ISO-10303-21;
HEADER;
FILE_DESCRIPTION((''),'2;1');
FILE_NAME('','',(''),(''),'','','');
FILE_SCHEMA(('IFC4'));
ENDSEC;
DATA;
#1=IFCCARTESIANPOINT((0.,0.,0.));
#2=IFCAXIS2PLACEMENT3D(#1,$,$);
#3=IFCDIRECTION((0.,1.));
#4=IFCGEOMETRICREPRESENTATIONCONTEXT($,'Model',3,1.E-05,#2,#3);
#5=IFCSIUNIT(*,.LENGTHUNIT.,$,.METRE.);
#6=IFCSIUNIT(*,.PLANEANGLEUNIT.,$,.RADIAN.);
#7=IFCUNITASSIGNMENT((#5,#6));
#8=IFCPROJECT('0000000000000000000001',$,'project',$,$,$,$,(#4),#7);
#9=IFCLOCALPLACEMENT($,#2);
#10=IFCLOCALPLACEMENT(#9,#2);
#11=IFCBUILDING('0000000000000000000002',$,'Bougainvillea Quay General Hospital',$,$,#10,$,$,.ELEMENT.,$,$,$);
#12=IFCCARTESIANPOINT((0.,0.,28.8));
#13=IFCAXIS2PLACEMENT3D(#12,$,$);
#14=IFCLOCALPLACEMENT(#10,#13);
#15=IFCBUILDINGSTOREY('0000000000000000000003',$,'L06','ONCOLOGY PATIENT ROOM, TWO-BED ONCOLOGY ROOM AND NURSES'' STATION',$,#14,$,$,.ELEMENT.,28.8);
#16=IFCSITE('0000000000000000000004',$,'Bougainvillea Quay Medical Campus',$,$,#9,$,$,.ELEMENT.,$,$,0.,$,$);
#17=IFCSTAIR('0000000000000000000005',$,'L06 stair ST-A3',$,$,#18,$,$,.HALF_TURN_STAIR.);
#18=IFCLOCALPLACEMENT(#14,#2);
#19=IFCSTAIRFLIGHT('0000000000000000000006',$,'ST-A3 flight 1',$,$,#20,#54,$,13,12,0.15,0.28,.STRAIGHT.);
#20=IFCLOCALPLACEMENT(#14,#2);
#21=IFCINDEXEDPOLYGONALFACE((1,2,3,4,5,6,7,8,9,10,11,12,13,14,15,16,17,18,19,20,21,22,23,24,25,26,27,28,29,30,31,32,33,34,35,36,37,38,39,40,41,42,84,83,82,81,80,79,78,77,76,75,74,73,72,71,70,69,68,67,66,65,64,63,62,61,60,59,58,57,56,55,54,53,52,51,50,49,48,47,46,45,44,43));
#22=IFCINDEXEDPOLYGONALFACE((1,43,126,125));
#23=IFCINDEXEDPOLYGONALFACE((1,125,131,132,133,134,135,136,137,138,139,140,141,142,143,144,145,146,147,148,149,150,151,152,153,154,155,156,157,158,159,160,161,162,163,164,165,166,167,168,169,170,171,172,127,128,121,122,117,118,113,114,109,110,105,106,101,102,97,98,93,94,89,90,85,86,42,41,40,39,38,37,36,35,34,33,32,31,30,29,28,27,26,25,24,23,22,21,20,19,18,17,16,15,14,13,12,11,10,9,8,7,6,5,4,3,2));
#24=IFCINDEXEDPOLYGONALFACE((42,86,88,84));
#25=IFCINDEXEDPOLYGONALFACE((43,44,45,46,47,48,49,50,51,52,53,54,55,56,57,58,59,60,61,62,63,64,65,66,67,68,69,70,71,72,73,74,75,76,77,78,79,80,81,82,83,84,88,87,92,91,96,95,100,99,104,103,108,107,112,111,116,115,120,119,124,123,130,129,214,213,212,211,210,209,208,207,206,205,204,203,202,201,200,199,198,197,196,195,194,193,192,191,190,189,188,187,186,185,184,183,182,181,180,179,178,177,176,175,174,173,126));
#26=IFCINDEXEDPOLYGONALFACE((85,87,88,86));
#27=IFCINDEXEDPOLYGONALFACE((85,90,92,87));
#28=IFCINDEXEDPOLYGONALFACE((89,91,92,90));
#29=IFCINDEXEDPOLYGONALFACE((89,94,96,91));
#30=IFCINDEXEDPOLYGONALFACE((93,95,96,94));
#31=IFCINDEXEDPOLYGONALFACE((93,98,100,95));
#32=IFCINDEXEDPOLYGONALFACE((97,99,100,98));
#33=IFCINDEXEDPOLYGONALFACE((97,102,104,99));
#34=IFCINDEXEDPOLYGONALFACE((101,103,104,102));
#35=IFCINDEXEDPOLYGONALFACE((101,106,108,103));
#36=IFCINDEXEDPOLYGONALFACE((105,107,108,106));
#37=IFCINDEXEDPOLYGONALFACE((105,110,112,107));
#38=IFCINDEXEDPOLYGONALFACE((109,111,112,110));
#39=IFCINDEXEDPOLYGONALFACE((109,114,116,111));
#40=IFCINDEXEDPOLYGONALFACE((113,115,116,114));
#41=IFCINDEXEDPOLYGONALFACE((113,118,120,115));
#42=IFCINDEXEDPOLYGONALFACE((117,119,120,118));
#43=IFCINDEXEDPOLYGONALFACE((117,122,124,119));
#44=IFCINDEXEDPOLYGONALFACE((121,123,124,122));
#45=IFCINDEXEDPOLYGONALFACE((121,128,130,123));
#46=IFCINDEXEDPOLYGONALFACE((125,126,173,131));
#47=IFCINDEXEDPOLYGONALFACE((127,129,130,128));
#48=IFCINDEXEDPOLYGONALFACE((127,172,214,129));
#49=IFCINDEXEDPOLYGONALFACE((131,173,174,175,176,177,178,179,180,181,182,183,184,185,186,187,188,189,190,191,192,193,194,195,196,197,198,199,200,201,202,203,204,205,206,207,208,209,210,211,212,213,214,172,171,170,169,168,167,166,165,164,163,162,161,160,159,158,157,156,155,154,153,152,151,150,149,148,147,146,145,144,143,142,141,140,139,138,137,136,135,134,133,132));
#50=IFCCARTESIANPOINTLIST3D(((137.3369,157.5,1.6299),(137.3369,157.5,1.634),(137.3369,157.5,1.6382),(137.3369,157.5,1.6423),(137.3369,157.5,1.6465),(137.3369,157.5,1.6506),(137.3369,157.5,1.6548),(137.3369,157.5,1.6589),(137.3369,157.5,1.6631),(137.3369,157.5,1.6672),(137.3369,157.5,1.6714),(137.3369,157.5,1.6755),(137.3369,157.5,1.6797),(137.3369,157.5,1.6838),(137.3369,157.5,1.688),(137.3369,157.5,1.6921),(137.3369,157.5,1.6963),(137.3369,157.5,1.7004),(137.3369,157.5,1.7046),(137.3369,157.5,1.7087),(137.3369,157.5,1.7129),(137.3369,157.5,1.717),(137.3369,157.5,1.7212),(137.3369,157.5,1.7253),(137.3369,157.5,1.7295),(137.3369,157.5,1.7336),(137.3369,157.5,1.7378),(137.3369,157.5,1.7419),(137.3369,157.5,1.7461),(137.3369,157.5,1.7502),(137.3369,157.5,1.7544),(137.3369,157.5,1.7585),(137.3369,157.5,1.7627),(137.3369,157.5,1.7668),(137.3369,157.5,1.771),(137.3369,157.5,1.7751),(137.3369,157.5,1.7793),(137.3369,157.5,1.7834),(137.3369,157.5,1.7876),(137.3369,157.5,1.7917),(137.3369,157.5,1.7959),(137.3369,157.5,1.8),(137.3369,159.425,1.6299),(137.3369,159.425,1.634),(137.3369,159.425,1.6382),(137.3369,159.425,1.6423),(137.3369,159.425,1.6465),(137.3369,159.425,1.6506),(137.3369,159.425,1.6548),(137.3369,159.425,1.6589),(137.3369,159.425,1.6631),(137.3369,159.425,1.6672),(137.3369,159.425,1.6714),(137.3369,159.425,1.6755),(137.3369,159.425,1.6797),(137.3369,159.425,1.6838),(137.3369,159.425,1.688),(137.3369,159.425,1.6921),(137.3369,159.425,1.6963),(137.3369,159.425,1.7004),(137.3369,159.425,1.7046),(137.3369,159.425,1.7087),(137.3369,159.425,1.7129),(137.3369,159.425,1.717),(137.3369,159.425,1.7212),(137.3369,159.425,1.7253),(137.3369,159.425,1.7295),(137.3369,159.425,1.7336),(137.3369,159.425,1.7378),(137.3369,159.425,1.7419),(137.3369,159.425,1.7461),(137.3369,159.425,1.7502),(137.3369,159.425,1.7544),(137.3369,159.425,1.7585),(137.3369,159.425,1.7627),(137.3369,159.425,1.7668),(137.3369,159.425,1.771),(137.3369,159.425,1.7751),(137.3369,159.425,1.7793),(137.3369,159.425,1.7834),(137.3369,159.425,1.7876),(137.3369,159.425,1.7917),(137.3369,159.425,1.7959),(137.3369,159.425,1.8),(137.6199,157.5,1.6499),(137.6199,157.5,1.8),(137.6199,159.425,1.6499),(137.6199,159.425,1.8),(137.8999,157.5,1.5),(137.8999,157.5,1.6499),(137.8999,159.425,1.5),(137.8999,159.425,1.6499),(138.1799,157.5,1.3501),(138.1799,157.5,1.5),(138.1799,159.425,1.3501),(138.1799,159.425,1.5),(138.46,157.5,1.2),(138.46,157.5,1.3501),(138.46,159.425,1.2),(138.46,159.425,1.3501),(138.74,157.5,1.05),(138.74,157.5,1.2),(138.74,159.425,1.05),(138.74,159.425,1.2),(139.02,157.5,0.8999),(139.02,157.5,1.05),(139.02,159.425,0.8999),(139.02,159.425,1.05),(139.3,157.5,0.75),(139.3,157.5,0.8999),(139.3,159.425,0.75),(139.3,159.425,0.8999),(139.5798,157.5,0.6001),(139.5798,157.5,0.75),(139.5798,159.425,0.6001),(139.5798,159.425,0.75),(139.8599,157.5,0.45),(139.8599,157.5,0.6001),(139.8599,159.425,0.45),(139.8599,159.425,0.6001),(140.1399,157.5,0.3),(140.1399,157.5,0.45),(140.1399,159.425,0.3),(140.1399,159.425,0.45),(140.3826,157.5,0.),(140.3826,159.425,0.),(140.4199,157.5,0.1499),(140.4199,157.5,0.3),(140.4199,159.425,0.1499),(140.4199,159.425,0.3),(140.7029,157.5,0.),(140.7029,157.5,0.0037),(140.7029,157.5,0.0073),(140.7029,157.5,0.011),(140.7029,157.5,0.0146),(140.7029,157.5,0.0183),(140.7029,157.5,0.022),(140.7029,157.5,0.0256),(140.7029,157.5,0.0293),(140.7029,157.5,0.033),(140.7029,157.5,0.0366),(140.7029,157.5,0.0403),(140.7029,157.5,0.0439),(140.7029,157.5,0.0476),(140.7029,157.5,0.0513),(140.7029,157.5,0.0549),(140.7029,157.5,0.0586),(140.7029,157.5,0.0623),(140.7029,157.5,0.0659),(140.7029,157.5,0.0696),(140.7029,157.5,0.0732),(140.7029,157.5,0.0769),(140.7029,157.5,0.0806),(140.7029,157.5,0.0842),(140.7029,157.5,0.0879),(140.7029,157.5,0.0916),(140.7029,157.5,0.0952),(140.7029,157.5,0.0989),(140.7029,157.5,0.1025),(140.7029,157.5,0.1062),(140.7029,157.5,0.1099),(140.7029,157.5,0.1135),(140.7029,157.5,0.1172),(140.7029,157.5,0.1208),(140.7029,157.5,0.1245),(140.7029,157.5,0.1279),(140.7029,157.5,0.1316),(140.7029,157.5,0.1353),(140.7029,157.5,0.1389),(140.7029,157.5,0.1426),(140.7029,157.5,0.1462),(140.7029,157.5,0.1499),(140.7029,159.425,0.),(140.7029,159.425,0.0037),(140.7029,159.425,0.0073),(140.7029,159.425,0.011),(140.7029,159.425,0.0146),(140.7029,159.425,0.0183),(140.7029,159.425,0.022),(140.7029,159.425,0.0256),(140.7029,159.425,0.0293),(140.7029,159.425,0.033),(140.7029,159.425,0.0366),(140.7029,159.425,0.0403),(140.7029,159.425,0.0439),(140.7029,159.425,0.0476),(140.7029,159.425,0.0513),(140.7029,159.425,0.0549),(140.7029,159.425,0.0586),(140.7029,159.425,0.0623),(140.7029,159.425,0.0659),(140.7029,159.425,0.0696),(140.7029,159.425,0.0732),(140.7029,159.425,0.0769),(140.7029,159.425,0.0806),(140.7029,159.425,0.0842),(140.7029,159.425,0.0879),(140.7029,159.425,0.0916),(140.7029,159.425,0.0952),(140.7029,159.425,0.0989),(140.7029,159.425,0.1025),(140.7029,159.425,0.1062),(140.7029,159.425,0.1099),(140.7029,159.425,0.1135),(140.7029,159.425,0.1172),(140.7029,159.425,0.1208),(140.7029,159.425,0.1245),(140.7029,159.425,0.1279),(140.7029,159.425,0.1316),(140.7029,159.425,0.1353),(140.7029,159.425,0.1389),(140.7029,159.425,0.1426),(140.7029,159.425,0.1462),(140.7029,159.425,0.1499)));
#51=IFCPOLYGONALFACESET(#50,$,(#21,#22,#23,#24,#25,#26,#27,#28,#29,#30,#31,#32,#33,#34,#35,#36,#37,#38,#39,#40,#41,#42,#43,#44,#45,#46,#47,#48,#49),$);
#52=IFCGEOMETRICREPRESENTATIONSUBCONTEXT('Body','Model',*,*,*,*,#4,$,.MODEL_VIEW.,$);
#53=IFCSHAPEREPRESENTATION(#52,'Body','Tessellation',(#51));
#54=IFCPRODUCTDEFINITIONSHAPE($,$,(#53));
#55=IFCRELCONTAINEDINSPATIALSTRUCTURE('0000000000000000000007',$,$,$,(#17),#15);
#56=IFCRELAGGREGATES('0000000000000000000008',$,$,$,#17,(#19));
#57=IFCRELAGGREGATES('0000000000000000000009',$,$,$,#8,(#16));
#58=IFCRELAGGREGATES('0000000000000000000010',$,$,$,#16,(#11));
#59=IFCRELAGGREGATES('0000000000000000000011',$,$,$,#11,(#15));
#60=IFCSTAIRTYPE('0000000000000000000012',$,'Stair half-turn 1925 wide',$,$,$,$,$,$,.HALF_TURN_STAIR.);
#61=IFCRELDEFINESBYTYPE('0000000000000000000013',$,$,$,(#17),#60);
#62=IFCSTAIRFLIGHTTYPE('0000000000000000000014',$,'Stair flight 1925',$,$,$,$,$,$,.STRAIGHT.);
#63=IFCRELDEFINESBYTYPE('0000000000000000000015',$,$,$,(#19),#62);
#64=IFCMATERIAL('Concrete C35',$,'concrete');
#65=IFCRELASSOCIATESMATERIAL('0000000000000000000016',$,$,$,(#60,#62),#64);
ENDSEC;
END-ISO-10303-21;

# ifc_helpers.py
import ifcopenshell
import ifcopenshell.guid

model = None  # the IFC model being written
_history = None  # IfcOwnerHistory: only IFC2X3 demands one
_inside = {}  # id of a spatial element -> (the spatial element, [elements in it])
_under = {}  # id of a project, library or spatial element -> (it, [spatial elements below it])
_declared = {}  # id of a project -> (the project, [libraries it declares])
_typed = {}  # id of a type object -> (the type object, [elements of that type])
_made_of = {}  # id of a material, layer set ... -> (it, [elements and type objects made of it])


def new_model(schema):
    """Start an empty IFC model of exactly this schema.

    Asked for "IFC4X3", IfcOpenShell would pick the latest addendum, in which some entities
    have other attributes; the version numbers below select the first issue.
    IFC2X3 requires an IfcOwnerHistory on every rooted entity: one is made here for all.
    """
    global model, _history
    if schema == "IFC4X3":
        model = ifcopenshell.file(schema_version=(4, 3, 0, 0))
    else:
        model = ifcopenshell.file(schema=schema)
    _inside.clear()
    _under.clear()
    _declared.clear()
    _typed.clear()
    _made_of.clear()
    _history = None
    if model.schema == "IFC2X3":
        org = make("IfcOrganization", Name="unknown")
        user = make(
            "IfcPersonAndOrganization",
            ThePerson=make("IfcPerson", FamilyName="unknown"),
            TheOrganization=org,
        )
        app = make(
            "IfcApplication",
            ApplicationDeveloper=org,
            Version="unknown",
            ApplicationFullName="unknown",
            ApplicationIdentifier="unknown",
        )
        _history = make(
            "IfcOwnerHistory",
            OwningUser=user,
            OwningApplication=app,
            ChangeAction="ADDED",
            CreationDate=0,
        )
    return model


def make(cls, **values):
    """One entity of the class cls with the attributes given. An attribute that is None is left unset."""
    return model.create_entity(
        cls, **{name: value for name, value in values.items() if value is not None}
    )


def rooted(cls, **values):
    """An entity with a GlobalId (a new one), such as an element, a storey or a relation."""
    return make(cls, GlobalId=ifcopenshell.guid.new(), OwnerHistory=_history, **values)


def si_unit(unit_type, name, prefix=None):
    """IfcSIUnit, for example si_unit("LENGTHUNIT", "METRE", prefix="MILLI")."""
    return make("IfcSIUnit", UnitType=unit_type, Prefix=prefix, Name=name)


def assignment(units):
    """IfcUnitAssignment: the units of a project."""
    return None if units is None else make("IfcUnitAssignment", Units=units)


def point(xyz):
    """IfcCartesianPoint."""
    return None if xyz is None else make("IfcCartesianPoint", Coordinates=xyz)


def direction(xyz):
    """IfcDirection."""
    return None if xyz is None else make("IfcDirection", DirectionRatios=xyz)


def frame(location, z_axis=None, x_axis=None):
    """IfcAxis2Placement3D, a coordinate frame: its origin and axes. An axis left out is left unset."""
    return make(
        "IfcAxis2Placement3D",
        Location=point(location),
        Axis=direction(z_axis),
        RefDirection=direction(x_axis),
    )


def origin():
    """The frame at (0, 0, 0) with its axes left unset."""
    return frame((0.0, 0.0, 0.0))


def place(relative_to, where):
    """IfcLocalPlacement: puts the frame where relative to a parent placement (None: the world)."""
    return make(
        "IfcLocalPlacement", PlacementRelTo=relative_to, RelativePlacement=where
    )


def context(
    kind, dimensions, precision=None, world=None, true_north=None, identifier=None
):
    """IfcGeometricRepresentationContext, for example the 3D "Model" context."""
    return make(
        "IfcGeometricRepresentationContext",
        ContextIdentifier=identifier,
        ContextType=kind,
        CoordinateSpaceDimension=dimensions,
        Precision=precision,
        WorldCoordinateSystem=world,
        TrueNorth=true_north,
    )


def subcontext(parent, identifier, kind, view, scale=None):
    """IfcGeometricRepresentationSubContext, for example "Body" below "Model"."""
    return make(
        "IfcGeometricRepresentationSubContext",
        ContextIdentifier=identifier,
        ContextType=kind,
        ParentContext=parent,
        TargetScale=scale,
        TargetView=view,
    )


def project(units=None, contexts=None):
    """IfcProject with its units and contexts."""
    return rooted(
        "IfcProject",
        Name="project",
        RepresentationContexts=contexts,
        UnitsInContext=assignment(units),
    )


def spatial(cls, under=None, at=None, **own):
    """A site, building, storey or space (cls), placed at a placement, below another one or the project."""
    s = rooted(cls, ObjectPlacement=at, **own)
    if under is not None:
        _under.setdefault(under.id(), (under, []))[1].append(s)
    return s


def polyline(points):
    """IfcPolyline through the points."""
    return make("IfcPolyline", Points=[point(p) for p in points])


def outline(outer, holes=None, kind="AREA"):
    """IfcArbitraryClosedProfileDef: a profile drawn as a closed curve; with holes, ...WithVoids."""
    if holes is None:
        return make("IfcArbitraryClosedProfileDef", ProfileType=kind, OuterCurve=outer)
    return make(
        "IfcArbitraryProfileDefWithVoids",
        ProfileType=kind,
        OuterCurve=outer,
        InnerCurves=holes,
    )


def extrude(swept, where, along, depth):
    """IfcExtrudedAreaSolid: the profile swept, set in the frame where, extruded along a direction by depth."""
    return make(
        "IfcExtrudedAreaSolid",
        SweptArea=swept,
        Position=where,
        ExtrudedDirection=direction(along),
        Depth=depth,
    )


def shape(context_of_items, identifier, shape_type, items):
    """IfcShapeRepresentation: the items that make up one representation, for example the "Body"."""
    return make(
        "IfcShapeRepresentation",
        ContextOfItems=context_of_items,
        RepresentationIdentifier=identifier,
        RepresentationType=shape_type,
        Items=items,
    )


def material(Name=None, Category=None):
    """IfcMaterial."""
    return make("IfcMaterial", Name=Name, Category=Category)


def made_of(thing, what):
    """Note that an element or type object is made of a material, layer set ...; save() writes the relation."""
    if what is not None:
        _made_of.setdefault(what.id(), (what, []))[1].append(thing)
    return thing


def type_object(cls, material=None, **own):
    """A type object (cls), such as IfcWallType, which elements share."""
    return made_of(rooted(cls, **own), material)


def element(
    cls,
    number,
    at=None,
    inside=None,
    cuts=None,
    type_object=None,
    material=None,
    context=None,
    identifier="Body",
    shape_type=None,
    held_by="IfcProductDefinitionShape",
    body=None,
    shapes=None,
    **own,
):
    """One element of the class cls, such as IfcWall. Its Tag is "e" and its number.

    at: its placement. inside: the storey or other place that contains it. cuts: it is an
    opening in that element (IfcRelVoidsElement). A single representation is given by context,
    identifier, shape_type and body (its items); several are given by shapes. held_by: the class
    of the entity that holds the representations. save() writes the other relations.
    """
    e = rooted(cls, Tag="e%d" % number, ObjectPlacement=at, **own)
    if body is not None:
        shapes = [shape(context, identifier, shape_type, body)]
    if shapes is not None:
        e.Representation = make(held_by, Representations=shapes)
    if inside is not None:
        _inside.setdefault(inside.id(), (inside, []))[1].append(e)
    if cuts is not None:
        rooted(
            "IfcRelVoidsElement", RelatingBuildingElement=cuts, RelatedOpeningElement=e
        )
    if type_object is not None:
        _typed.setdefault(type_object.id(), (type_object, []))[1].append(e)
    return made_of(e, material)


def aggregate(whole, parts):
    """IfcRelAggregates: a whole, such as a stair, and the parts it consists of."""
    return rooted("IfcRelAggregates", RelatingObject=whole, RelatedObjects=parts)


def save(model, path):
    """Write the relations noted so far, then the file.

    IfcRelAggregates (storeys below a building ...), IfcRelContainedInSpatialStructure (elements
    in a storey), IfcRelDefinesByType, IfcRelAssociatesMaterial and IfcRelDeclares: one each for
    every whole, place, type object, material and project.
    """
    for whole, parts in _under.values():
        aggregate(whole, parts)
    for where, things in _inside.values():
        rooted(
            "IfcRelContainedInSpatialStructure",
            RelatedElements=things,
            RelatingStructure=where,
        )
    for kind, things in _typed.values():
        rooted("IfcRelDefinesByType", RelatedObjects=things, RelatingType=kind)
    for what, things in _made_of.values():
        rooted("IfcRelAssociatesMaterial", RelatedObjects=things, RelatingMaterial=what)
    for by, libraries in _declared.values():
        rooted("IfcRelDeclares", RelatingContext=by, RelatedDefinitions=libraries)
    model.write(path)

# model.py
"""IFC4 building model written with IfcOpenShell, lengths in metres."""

from ifc_helpers import new_model, si_unit, direction, frame, origin, place, context, subcontext, project, spatial, polyline, outline, extrude, material, type_object, element, aggregate, save


model = new_model("IFC4")

# Units and contexts
model_context = context("Model", 3, precision=1e-05, world=origin(), true_north=direction((0.0, 1.0)))
body_context = subcontext(model_context, "Body", "Model", "MODEL_VIEW")
ifc_project = project(units=[si_unit("LENGTHUNIT", "METRE"), si_unit("PLANEANGLEUNIT", "RADIAN")], contexts=[model_context])

# Site, building, storey
site_placement = place(None, origin())
site = spatial("IfcSite", under=ifc_project, at=site_placement, Name="Bougainvillea Quay Medical Campus", CompositionType="ELEMENT", RefElevation=0.0)
building_placement = place(site_placement, origin())
building = spatial("IfcBuilding", under=site, at=building_placement, Name="Bougainvillea Quay General Hospital", CompositionType="ELEMENT")
storey_placement = place(building_placement, frame((0.0, 0.0, 28.8)))
storey = spatial("IfcBuildingStorey", under=building, at=storey_placement, Name="L06", Description="ONCOLOGY PATIENT ROOM, TWO-BED ONCOLOGY ROOM AND NURSES' STATION", CompositionType="ELEMENT", Elevation=28.8)

# Stair, stair flight
ifc_material_1 = material(Name="Concrete C35", Category="concrete")
stair_type = type_object("IfcStairType", Name="Stair half-turn 1925 wide", PredefinedType="HALF_TURN_STAIR", material=ifc_material_1)
stair_placement = place(storey_placement, origin())
stair = element("IfcStair", 1, at=stair_placement, inside=storey, type_object=stair_type, Name="L06 stair ST-A3", PredefinedType="HALF_TURN_STAIR")
stair_flight_type = type_object("IfcStairFlightType", Name="Stair flight 1925", PredefinedType="STRAIGHT", material=ifc_material_1)
stair_flight_1_placement = place(storey_placement, frame((140.7, 158.4624, 0.0), z_axis=(0.0, 0.0, 1.0), x_axis=(-1.0, 0.0, 0.0)))
stair_flight_1 = element("IfcStairFlight", 2, at=stair_flight_1_placement, type_object=stair_flight_type, Name="ST-A3 flight 1", NumberOfRisers=13, NumberOfTreads=12, PredefinedType="STRAIGHT", RiserHeight=0.15, TreadLength=0.28, context=body_context, shape_type="SweptSolid", body=[
    extrude(outline(polyline([(-0.0029, 0.0), (-0.0029, 0.0037), (-0.0029, 0.0073), (-0.0029, 0.011), (-0.0029, 0.0146), (-0.0029, 0.0183), (-0.0029, 0.022), (-0.0029, 0.0256), (-0.0029, 0.0293), (-0.0029, 0.033), (-0.0029, 0.0366), (-0.0029, 0.0403), (-0.0029, 0.0439), (-0.0029, 0.0476), (-0.0029, 0.0513), (-0.0029, 0.0549), (-0.0029, 0.0586), (-0.0029, 0.0623), (-0.0029, 0.0659), (-0.0029, 0.0696), (-0.0029, 0.0732), (-0.0029, 0.0769), (-0.0029, 0.0806), (-0.0029, 0.0842), (-0.0029, 0.0879), (-0.0029, 0.0916), (-0.0029, 0.0952), (-0.0029, 0.0989), (-0.0029, 0.1025), (-0.0029, 0.1062), (-0.0029, 0.1099), (-0.0029, 0.1135), (-0.0029, 0.1172), (-0.0029, 0.1208), (-0.0029, 0.1245), (-0.0029, 0.1279), (-0.0029, 0.1316), (-0.0029, 0.1353), (-0.0029, 0.1389), (-0.0029, 0.1426), (-0.0029, 0.1462), (-0.0029, 0.1499), (0.28, 0.1499), (0.28, 0.3), (0.5601, 0.3), (0.5601, 0.45), (0.8401, 0.45), (0.8401, 0.6001), (1.1201, 0.6001), (1.1201, 0.75), (1.3999, 0.75), (1.3999, 0.8999), (1.6799, 0.8999), (1.6799, 1.05), (1.96, 1.05), (1.96, 1.2), (2.24, 1.2), (2.24, 1.3501), (2.52, 1.3501), (2.52, 1.5), (2.8, 1.5), (2.8, 1.6499), (3.0801, 1.6499), (3.0801, 1.8), (3.363, 1.8), (3.363, 1.7959), (3.363, 1.7917), (3.363, 1.7876), (3.363, 1.7834), (3.363, 1.7793), (3.363, 1.7751), (3.363, 1.771), (3.363, 1.7668), (3.363, 1.7627), (3.363, 1.7585), (3.363, 1.7544), (3.363, 1.7502), (3.363, 1.7461), (3.363, 1.7419), (3.363, 1.7378), (3.363, 1.7336), (3.363, 1.7295), (3.363, 1.7253), (3.363, 1.7212), (3.363, 1.717), (3.363, 1.7129), (3.363, 1.7087), (3.363, 1.7046), (3.363, 1.7004), (3.363, 1.6963), (3.363, 1.6921), (3.363, 1.688), (3.363, 1.6838), (3.363, 1.6797), (3.363, 1.6755), (3.363, 1.6714), (3.363, 1.6672), (3.363, 1.6631), (3.363, 1.6589), (3.363, 1.6548), (3.363, 1.6506), (3.363, 1.6465), (3.363, 1.6423), (3.363, 1.6382), (3.363, 1.634), (3.363, 1.6299), (0.3174, 0.0), (-0.0029, 0.0)])), frame((0.0, 0.9624, 0.0), z_axis=(0.0, -1.0, 0.0), x_axis=(1.0, 0.0, 0.0)), (0.0, 0.0, 1.0), 1.925),
])
aggregate(stair, [stair_flight_1])

save(model, "model.ifc")
